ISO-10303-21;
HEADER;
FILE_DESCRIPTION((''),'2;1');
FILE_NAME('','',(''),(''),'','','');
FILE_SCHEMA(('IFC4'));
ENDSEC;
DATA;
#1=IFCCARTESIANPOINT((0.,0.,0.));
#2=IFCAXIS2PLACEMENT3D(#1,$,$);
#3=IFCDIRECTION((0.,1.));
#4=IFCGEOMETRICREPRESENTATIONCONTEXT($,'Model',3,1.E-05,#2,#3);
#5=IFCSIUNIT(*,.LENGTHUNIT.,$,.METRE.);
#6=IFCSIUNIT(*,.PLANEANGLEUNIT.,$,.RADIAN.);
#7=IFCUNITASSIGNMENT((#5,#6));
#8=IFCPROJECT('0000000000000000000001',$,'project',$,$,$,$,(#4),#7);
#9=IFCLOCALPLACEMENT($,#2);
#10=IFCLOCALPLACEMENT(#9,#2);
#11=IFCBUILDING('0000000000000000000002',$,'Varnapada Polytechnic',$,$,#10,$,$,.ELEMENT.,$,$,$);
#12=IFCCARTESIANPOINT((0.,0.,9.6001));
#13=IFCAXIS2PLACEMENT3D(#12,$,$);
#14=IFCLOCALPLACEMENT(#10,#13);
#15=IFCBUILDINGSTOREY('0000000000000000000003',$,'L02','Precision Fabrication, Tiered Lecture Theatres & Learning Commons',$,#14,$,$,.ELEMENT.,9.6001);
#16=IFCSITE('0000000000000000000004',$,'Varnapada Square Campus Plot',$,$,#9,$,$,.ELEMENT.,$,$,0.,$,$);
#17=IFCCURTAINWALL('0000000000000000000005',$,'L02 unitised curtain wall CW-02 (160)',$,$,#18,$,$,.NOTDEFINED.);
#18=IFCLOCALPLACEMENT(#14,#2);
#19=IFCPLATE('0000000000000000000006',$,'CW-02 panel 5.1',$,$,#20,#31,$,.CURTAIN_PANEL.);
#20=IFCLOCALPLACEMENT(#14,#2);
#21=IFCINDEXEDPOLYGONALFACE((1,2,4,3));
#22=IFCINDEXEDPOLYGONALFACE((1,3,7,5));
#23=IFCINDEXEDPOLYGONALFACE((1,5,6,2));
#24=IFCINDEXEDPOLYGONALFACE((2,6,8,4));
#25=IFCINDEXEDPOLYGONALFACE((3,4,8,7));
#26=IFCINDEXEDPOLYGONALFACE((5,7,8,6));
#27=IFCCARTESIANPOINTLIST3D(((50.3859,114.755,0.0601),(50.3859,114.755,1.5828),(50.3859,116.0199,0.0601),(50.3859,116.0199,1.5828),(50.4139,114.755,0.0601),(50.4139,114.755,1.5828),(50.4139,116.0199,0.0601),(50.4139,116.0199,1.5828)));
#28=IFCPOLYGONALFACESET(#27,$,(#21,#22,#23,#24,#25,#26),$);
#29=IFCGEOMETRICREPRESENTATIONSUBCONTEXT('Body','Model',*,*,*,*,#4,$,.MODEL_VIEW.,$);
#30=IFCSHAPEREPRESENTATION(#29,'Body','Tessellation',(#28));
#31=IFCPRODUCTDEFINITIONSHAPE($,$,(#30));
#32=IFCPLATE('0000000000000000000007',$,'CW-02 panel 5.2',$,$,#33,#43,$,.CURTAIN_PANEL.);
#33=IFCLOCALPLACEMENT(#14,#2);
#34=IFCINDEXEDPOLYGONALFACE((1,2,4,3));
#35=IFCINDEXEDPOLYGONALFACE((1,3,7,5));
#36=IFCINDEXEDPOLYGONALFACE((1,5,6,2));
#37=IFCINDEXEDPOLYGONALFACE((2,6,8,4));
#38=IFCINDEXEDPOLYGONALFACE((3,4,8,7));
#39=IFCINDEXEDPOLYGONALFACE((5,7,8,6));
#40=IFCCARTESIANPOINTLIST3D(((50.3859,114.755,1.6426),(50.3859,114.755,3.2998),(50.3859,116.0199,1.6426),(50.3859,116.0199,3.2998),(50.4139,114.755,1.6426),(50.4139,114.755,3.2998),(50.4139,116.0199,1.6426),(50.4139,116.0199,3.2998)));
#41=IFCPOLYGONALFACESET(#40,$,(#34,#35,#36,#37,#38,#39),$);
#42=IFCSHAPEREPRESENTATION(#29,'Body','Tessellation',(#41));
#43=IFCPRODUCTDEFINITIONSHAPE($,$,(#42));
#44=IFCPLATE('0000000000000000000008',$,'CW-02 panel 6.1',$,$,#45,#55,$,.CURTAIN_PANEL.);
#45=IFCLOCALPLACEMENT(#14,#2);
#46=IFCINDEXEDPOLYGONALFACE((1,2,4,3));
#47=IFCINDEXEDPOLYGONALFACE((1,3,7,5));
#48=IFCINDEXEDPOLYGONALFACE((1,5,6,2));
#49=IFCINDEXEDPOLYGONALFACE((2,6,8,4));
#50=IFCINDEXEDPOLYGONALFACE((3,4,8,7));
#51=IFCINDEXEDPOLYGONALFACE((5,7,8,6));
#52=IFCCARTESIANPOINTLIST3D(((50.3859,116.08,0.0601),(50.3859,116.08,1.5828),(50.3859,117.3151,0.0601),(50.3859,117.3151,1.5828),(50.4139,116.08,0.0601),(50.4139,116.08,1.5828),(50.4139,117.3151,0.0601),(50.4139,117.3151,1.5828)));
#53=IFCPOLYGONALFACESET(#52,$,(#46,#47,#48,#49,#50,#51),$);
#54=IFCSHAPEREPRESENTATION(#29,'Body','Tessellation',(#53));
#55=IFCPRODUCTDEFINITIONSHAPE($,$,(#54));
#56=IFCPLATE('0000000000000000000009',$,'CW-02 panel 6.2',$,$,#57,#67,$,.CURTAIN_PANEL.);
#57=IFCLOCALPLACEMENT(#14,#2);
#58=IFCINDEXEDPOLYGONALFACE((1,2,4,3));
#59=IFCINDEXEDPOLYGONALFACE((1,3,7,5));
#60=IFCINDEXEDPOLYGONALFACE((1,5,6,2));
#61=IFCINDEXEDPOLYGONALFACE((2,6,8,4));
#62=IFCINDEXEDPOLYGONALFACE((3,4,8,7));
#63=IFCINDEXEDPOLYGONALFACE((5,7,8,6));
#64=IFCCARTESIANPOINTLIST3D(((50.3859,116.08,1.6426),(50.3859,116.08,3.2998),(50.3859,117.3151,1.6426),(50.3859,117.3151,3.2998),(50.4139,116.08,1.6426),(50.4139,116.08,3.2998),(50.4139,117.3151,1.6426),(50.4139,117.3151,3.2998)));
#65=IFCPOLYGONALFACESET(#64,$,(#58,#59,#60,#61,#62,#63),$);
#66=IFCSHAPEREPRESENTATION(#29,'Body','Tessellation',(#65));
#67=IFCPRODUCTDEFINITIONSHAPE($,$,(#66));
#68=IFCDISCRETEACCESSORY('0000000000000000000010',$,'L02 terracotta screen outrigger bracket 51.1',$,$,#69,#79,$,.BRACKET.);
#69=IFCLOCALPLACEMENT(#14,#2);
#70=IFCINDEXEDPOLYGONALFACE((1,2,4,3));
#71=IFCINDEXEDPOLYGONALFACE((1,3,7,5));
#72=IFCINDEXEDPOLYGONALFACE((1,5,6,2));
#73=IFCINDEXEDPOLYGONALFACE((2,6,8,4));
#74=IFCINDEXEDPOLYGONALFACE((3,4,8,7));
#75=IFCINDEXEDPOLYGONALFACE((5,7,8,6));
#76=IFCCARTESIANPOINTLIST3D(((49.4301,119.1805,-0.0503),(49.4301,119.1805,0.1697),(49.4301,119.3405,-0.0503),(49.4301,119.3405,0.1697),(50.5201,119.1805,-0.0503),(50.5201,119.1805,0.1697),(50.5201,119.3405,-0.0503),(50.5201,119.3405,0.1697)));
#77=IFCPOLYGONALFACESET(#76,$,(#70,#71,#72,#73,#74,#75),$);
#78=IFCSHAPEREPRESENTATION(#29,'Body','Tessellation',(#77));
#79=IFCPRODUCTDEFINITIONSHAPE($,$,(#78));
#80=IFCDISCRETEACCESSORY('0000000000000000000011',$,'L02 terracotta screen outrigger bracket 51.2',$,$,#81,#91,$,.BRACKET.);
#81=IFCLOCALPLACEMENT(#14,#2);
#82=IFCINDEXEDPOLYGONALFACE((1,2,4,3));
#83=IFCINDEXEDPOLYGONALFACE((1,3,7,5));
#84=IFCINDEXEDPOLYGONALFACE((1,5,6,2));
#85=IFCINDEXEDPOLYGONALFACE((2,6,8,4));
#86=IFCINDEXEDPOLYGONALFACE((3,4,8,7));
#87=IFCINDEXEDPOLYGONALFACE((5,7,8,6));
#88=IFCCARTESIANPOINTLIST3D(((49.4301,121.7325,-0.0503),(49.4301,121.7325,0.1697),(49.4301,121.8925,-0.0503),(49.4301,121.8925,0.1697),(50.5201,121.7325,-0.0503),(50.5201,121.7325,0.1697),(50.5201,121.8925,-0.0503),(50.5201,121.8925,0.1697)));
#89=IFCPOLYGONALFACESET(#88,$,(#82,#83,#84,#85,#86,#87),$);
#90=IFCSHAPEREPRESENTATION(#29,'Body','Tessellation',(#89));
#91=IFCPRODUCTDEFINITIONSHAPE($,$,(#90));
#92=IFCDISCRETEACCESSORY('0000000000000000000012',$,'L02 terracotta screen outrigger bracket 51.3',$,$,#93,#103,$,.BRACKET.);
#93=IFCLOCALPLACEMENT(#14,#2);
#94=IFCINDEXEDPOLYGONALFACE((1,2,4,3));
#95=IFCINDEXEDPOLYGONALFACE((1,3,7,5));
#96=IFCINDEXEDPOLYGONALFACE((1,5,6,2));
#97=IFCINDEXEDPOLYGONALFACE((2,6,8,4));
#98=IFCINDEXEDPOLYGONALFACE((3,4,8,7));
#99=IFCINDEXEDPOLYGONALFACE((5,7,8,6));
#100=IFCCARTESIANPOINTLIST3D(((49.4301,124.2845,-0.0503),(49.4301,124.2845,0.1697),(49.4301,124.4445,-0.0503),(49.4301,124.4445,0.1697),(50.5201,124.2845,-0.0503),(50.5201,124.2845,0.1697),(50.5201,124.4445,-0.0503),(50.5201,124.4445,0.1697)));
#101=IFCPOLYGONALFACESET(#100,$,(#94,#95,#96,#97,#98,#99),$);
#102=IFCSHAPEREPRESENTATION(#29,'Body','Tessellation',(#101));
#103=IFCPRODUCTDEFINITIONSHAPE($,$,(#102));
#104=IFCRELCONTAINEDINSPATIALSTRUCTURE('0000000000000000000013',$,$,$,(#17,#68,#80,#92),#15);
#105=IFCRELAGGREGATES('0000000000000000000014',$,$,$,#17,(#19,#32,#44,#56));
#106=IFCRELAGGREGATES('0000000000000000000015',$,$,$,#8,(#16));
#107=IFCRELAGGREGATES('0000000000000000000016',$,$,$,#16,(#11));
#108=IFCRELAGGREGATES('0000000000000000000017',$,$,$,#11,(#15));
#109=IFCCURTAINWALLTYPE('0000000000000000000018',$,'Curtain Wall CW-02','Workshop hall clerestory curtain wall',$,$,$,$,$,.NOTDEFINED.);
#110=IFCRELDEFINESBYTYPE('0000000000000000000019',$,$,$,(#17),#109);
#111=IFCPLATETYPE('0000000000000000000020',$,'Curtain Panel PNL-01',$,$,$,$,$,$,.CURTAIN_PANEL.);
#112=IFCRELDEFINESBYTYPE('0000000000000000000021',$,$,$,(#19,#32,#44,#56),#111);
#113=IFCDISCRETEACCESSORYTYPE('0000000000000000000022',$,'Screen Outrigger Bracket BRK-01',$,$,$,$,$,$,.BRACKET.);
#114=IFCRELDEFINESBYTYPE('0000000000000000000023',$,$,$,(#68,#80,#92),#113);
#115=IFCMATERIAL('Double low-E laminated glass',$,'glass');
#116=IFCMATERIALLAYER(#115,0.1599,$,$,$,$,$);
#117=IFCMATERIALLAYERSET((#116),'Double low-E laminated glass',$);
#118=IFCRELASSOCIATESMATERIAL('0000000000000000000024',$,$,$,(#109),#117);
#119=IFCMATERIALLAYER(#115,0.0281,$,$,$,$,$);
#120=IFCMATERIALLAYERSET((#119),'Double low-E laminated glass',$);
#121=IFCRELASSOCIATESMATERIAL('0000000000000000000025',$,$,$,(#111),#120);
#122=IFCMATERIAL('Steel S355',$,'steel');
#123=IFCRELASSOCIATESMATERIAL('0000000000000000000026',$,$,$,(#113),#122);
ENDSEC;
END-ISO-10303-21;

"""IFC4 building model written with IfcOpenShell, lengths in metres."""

from ifc_helpers import new_model, si_unit, direction, frame, origin, origin_2d, place, context, subcontext, project, spatial, rectangle, extrude, material, layer, layer_set, type_object, element, aggregate, save


model = new_model("IFC4")

# Units and contexts
model_context = context("Model", 3, precision=1e-05, world=origin(), true_north=direction((0.0, 1.0)))
body_context = subcontext(model_context, "Body", "Model", "MODEL_VIEW")
ifc_project = project(units=[si_unit("LENGTHUNIT", "METRE"), si_unit("PLANEANGLEUNIT", "RADIAN")], contexts=[model_context])

# Site, building, storey
site_placement = place(None, origin())
site = spatial("IfcSite", under=ifc_project, at=site_placement, Name="Varnapada Square Campus Plot", CompositionType="ELEMENT", RefElevation=0.0)
building_placement = place(site_placement, origin())
building = spatial("IfcBuilding", under=site, at=building_placement, Name="Varnapada Polytechnic", CompositionType="ELEMENT")
storey_placement = place(building_placement, frame((0.0, 0.0, 9.6001)))
storey = spatial("IfcBuildingStorey", under=building, at=storey_placement, Name="L02", Description="Precision Fabrication, Tiered Lecture Theatres & Learning Commons", CompositionType="ELEMENT", Elevation=9.6001)

# Curtain wall, plates
ifc_material_1 = material(Name="Double low-E laminated glass", Category="glass")
ifc_layer_1 = layer(ifc_material_1, 0.1599)
ifc_layer_set_1 = layer_set([ifc_layer_1], Name="Double low-E laminated glass")
curtain_wall_type = type_object("IfcCurtainWallType", Name="Curtain Wall CW-02", Description="Workshop hall clerestory curtain wall", PredefinedType="NOTDEFINED", material=ifc_layer_set_1)
curtain_wall_placement = place(storey_placement, origin())
curtain_wall = element("IfcCurtainWall", 1, at=curtain_wall_placement, inside=storey, type_object=curtain_wall_type, Name="L02 unitised curtain wall CW-02 (160)", PredefinedType="NOTDEFINED")
ifc_layer_2 = layer(ifc_material_1, 0.0281)
ifc_layer_set_2 = layer_set([ifc_layer_2], Name="Double low-E laminated glass")
plate_type = type_object("IfcPlateType", Name="Curtain Panel PNL-01", PredefinedType="CURTAIN_PANEL", material=ifc_layer_set_2)
plate_1_placement = place(storey_placement, frame((50.3999, 115.3875, 0.0601), z_axis=(0.0, 0.0, 1.0), x_axis=(0.0, 1.0, 0.0)))
plate_1 = element("IfcPlate", 2, at=plate_1_placement, type_object=plate_type, Name="CW-02 panel 5.1", PredefinedType="CURTAIN_PANEL", context=body_context, shape_type="SweptSolid", body=[
    extrude(rectangle(XDim=1.2649, YDim=0.0281, at=origin_2d()), origin(), (0.0, 0.0, 1.0), 1.5227),
])
plate_2_placement = place(storey_placement, frame((50.3999, 115.3875, 1.6426), z_axis=(0.0, 0.0, 1.0), x_axis=(0.0, 1.0, 0.0)))
plate_2 = element("IfcPlate", 3, at=plate_2_placement, type_object=plate_type, Name="CW-02 panel 5.2", PredefinedType="CURTAIN_PANEL", context=body_context, shape_type="SweptSolid", body=[
    extrude(rectangle(XDim=1.2649, YDim=0.0281, at=origin_2d()), origin(), (0.0, 0.0, 1.0), 1.6572),
])
plate_3_placement = place(storey_placement, frame((50.3999, 116.6975, 0.0601), z_axis=(0.0, 0.0, 1.0), x_axis=(0.0, 1.0, 0.0)))
plate_3 = element("IfcPlate", 4, at=plate_3_placement, type_object=plate_type, Name="CW-02 panel 6.1", PredefinedType="CURTAIN_PANEL", context=body_context, shape_type="SweptSolid", body=[
    extrude(rectangle(XDim=1.2351, YDim=0.0281, at=origin_2d()), origin(), (0.0, 0.0, 1.0), 1.5227),
])
plate_4_placement = place(storey_placement, frame((50.3999, 116.6975, 1.6426), z_axis=(0.0, 0.0, 1.0), x_axis=(0.0, 1.0, 0.0)))
plate_4 = element("IfcPlate", 5, at=plate_4_placement, type_object=plate_type, Name="CW-02 panel 6.2", PredefinedType="CURTAIN_PANEL", context=body_context, shape_type="SweptSolid", body=[
    extrude(rectangle(XDim=1.2351, YDim=0.0281, at=origin_2d()), origin(), (0.0, 0.0, 1.0), 1.6572),
])
aggregate(curtain_wall, [plate_1, plate_2, plate_3, plate_4])

# Discrete accessories
ifc_material_2 = material(Name="Steel S355", Category="steel")
discrete_accessory_type = type_object("IfcDiscreteAccessoryType", Name="Screen Outrigger Bracket BRK-01", PredefinedType="BRACKET", material=ifc_material_2)
for number, where, z_axis, x_axis, name in (
    (6, (49.9751, 119.2605, -0.0503), (0.0, 0.0, 1.0), (0.0, 1.0, 0.0), "L02 terracotta screen outrigger bracket 51.1"),
    (7, (49.9751, 121.8125, -0.0503), (0.0, 0.0, 1.0), (0.0, 1.0, 0.0), "L02 terracotta screen outrigger bracket 51.2"),
    (8, (49.9751, 124.3645, -0.0503), (0.0, 0.0, 1.0), (0.0, 1.0, 0.0), "L02 terracotta screen outrigger bracket 51.3"),
):
    element("IfcDiscreteAccessory", number, at=place(storey_placement, frame(where, z_axis=z_axis, x_axis=x_axis)), inside=storey, type_object=discrete_accessory_type, Name=name, PredefinedType="BRACKET", context=body_context, shape_type="SweptSolid", body=[
        extrude(rectangle(XDim=0.1599, YDim=1.0901, at=origin_2d()), origin(), (0.0, 0.0, 1.0), 0.22),
    ])

save(model, "model.ifc")
